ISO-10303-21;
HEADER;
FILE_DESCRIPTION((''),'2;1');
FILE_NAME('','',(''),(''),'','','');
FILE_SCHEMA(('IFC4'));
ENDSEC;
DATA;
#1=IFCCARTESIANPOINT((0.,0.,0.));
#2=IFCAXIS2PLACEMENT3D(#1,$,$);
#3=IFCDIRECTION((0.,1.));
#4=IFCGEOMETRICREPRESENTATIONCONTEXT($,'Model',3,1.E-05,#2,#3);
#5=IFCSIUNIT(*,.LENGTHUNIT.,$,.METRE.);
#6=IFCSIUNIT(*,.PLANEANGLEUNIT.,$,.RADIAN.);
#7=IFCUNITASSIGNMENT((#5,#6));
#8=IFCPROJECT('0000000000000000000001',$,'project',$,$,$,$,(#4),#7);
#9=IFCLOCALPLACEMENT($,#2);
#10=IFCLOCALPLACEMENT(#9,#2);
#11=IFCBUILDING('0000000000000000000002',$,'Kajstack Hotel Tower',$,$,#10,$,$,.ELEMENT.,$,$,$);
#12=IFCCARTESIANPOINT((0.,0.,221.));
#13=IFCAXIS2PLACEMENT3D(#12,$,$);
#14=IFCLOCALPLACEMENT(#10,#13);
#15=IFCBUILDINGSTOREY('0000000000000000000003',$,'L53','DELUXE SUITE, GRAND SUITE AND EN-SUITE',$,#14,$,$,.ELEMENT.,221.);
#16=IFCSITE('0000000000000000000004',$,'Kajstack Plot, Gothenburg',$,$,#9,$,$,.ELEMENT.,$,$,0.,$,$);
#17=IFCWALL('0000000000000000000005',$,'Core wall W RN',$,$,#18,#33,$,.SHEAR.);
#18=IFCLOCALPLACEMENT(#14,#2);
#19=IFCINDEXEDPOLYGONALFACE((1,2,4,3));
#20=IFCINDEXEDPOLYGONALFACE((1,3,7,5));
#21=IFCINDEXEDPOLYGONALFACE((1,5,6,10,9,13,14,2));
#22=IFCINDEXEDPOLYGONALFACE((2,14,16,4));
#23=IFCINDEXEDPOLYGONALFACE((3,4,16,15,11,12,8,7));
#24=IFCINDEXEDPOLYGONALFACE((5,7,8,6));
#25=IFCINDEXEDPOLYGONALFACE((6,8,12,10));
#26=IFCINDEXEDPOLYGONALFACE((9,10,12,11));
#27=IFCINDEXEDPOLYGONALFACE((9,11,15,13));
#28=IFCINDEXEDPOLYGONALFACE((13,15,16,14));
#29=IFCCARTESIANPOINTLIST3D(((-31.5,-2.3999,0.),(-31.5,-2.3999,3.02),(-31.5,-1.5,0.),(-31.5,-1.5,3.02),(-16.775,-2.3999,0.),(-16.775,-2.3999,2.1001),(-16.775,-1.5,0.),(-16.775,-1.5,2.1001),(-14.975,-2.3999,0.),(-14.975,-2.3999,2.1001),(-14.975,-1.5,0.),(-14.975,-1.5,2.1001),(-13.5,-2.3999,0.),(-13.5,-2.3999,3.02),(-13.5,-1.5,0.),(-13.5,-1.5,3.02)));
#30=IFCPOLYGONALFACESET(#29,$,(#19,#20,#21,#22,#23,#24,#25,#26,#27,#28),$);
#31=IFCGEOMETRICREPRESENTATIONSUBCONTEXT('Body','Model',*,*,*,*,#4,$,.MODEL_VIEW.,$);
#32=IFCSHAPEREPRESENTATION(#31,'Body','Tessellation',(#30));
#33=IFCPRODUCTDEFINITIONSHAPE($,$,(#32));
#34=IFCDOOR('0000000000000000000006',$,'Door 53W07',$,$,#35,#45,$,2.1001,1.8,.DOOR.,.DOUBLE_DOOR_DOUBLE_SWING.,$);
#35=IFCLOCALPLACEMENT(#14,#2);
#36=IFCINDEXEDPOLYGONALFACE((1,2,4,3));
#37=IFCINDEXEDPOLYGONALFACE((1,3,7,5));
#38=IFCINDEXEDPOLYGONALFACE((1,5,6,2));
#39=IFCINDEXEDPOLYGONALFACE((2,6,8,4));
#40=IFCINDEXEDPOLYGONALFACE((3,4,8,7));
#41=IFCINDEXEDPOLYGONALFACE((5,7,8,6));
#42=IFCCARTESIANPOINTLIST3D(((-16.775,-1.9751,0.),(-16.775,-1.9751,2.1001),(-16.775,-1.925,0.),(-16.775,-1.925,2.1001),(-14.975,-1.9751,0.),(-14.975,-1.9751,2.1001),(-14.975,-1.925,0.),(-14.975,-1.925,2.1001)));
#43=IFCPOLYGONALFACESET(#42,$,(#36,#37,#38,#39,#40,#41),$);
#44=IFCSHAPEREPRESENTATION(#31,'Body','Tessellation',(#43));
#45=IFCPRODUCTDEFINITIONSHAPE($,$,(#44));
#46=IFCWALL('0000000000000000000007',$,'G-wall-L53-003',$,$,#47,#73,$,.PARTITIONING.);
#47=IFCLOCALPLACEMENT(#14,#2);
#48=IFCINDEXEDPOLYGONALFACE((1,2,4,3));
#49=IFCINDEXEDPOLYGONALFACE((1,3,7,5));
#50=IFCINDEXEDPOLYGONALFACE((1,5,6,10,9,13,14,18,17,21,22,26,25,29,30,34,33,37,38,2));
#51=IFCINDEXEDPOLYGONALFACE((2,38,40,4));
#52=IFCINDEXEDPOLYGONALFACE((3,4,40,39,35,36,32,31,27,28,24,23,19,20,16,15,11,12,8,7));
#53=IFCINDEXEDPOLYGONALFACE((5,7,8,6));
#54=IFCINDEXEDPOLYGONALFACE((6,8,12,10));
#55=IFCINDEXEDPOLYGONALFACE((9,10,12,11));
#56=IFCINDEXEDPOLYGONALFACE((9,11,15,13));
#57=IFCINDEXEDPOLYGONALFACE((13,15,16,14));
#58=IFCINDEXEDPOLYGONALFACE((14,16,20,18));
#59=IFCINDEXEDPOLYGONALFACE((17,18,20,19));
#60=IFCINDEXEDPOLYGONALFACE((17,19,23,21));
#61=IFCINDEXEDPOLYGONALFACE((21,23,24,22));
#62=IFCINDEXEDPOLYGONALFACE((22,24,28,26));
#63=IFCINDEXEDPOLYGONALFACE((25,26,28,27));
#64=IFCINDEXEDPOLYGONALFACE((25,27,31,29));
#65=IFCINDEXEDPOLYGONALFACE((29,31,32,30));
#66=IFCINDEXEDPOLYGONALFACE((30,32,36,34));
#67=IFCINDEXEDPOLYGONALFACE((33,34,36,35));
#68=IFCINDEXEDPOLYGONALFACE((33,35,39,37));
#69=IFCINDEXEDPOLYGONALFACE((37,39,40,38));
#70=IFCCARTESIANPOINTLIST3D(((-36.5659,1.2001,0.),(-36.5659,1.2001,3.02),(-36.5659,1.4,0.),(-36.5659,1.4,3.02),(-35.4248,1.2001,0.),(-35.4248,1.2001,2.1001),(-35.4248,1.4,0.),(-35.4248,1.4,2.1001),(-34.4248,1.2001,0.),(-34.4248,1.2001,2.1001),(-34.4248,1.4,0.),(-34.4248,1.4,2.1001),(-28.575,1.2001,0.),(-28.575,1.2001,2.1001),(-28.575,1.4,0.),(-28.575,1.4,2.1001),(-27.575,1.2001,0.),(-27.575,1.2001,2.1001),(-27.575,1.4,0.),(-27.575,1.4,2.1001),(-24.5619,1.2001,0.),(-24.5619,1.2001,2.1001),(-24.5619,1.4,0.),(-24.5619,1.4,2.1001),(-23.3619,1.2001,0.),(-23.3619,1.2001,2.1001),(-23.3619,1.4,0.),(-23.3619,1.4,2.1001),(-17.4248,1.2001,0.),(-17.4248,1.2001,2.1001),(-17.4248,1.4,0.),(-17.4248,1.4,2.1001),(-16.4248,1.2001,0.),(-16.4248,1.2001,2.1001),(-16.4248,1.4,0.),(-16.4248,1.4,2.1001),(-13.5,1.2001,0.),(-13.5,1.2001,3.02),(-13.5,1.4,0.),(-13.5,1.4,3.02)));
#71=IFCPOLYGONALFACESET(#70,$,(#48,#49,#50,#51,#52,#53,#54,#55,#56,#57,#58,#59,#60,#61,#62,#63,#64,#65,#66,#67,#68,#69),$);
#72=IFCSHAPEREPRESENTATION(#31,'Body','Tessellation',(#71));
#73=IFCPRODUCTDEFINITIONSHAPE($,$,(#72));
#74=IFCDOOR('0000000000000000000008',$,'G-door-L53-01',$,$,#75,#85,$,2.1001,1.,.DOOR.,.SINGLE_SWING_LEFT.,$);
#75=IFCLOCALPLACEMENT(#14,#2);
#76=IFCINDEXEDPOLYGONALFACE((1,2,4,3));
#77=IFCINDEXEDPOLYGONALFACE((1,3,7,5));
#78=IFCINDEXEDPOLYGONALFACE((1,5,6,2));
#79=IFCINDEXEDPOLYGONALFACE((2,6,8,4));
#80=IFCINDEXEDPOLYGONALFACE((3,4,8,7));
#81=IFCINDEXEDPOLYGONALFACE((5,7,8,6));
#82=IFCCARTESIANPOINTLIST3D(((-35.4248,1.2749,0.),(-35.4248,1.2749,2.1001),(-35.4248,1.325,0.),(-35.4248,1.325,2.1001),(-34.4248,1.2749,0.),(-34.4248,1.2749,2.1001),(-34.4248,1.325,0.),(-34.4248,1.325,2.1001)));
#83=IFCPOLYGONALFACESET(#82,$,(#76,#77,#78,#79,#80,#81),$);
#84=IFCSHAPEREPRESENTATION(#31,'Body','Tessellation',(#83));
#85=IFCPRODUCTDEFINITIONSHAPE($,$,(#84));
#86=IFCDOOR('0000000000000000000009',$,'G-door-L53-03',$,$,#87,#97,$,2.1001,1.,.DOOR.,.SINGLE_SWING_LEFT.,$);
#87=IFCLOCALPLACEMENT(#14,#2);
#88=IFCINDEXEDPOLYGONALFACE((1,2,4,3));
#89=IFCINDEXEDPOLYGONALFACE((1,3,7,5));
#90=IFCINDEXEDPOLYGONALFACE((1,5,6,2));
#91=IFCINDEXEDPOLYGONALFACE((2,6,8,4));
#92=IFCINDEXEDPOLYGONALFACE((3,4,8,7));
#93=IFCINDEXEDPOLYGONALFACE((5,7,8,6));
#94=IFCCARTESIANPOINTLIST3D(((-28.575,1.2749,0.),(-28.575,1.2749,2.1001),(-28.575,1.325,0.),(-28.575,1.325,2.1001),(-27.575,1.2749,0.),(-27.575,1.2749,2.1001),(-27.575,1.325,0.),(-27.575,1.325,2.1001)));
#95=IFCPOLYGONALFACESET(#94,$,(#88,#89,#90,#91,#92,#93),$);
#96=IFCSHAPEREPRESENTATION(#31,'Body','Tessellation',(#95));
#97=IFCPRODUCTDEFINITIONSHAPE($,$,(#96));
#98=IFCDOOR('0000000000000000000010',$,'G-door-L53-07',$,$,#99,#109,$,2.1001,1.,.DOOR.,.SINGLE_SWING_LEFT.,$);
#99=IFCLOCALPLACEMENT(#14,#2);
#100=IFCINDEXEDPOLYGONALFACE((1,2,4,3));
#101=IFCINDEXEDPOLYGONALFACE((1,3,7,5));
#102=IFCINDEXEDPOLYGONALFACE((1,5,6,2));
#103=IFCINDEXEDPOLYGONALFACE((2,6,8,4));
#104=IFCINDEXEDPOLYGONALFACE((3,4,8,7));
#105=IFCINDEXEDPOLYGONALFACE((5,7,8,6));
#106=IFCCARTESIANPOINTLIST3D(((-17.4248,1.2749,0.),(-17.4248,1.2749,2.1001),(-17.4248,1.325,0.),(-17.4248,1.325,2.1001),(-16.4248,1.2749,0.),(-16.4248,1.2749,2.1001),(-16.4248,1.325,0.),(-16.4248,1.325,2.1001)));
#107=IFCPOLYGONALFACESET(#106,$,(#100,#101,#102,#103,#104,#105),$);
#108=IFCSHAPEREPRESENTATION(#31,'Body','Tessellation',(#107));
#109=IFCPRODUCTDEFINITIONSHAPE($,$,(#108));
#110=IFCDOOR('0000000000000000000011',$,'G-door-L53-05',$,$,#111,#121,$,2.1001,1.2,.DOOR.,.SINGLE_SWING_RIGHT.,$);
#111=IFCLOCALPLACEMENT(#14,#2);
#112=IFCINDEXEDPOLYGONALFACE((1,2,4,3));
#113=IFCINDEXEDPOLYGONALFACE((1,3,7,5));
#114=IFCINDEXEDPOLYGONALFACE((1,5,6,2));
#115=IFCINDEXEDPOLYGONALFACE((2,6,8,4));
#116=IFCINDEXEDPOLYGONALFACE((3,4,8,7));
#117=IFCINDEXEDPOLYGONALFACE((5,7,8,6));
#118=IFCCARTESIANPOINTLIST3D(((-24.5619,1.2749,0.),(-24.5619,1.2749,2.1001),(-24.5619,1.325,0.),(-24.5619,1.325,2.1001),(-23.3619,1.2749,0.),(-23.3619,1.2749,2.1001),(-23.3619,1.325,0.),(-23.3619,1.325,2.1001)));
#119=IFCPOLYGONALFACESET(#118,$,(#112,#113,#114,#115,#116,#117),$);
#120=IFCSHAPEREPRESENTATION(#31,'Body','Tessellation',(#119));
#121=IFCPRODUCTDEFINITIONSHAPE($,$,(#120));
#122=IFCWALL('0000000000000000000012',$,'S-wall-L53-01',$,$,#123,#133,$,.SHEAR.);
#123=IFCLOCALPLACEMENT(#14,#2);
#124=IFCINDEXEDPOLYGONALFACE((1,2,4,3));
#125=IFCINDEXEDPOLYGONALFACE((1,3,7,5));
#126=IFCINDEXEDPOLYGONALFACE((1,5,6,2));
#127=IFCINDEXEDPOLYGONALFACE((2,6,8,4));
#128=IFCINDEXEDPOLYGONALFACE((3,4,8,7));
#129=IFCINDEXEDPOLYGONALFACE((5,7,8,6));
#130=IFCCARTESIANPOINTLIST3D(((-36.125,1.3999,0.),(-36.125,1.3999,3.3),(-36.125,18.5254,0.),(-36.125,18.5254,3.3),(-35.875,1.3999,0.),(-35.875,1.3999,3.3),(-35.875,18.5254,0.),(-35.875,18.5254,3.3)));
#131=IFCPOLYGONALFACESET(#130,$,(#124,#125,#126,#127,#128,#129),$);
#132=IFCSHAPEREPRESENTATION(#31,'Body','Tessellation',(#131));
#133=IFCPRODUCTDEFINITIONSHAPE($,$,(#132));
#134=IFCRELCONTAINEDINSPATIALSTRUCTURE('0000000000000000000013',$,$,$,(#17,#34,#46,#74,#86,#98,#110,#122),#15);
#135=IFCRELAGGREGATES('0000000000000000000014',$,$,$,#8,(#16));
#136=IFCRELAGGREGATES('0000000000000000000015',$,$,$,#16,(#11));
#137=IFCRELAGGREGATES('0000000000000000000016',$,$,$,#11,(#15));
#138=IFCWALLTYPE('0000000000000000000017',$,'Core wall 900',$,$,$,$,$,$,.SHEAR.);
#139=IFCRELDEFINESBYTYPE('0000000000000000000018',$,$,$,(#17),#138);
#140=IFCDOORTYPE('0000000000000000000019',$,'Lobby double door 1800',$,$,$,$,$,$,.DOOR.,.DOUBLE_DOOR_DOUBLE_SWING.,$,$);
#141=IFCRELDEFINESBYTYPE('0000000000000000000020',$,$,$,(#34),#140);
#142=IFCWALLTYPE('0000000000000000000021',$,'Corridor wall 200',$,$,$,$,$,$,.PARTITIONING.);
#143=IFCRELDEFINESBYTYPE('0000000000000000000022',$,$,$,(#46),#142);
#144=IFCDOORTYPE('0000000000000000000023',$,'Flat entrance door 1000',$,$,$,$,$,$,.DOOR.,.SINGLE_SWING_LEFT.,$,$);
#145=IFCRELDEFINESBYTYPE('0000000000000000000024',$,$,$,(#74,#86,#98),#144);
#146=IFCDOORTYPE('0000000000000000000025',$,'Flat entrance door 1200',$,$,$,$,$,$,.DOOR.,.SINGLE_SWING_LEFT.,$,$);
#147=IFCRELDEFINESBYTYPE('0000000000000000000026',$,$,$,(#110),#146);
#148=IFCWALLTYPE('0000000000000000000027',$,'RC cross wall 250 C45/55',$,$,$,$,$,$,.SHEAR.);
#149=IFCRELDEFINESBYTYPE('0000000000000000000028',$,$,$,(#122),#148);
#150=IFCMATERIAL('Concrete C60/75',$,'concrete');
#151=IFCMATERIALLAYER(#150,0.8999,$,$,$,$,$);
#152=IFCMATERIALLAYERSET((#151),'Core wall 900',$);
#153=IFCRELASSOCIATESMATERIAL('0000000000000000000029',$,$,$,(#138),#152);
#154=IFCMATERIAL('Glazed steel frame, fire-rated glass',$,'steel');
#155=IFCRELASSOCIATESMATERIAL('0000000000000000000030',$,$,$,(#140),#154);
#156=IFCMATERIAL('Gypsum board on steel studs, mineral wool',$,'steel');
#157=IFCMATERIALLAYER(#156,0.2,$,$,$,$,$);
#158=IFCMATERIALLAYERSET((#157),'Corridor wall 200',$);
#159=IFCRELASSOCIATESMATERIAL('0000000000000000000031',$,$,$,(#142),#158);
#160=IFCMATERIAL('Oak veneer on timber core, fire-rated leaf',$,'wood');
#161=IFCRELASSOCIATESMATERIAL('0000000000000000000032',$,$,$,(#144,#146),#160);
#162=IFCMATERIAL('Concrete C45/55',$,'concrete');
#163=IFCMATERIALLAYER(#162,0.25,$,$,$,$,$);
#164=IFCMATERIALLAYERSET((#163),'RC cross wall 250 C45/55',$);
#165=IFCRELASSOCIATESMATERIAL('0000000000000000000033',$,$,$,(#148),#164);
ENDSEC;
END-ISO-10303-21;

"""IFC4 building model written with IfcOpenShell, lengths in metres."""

from ifc_helpers import new_model, si_unit, direction, frame, frame_2d, origin, place, context, subcontext, project, spatial, rectangle, extrude, material, layer, layer_set, type_object, element, fill, save


model = new_model("IFC4")

# Units and contexts
model_context = context("Model", 3, precision=1e-05, world=origin(), true_north=direction((0.0, 1.0)))
body_context = subcontext(model_context, "Body", "Model", "MODEL_VIEW")
ifc_project = project(units=[si_unit("LENGTHUNIT", "METRE"), si_unit("PLANEANGLEUNIT", "RADIAN")], contexts=[model_context])

# Site, building, storey
site_placement = place(None, origin())
site = spatial("IfcSite", under=ifc_project, at=site_placement, Name="Kajstack Plot, Gothenburg", CompositionType="ELEMENT", RefElevation=0.0)
building_placement = place(site_placement, origin())
building = spatial("IfcBuilding", under=site, at=building_placement, Name="Kajstack Hotel Tower", CompositionType="ELEMENT")
storey_placement = place(building_placement, frame((0.0, 0.0, 221.0)))
storey = spatial("IfcBuildingStorey", under=building, at=storey_placement, Name="L53", Description="DELUXE SUITE, GRAND SUITE AND EN-SUITE", CompositionType="ELEMENT", Elevation=221.0)

# Wall, opening, door
ifc_material_1 = material(Name="Concrete C60/75", Category="concrete")
ifc_layer_1 = layer(ifc_material_1, 0.8999)
ifc_layer_set_1 = layer_set([ifc_layer_1], Name="Core wall 900")
wall_type_1 = type_object("IfcWallType", Name="Core wall 900", PredefinedType="SHEAR", material=ifc_layer_set_1)
wall_1_placement = place(storey_placement, frame((-31.5, -1.95, 0.0), z_axis=(0.0, 0.0, 1.0), x_axis=(1.0, 0.0, 0.0)))
wall_1 = element("IfcWall", 1, at=wall_1_placement, inside=storey, type_object=wall_type_1, Name="Core wall W RN", PredefinedType="SHEAR", context=body_context, shape_type="SweptSolid", body=[
    extrude(rectangle(XDim=18.0, YDim=0.8999, at=frame_2d((9.0, 0.0))), origin(), (0.0, 0.0, 1.0), 3.02),
])
opening_1_placement = place(wall_1_placement, frame((14.7251, 0.0, 0.0)))
opening_1 = element("IfcOpeningElement", 2, at=opening_1_placement, cuts=wall_1, PredefinedType="OPENING", context=body_context, shape_type="SweptSolid", body=[
    extrude(rectangle(XDim=1.8, YDim=2.1001, at=frame_2d((0.8999, 1.05))), frame((0.0, 0.46, 0.0), z_axis=(0.0, -1.0, 0.0), x_axis=(1.0, 0.0, 0.0)), (0.0, 0.0, 1.0), 0.9199),
])
ifc_material_2 = material(Name="Glazed steel frame, fire-rated glass", Category="steel")
door_type_1 = type_object("IfcDoorType", Name="Lobby double door 1800", OperationType="DOUBLE_DOOR_DOUBLE_SWING", PredefinedType="DOOR", material=ifc_material_2)
door_1_placement = place(opening_1_placement, origin())
door_1 = element("IfcDoor", 3, at=door_1_placement, inside=storey, type_object=door_type_1, Name="Door 53W07", OperationType="DOUBLE_DOOR_DOUBLE_SWING", OverallHeight=2.1001, OverallWidth=1.8, PredefinedType="DOOR", context=body_context, shape_type="SweptSolid", body=[
    extrude(rectangle(XDim=1.8, YDim=2.1001, at=frame_2d((0.8999, 1.05))), frame((0.0, 0.0249, 0.0), z_axis=(0.0, -1.0, 0.0), x_axis=(1.0, 0.0, 0.0)), (0.0, 0.0, 1.0), 0.05),
])
fill(opening_1, door_1)

# Wall, openings, doors
ifc_material_3 = material(Name="Gypsum board on steel studs, mineral wool", Category="steel")
ifc_layer_2 = layer(ifc_material_3, 0.2)
ifc_layer_set_2 = layer_set([ifc_layer_2], Name="Corridor wall 200")
wall_type_2 = type_object("IfcWallType", Name="Corridor wall 200", PredefinedType="PARTITIONING", material=ifc_layer_set_2)
wall_2_placement = place(storey_placement, frame((-36.5659, 1.3, 0.0), z_axis=(0.0, 0.0, 1.0), x_axis=(1.0, 0.0, 0.0)))
wall_2 = element("IfcWall", 4, at=wall_2_placement, inside=storey, type_object=wall_type_2, Name="G-wall-L53-003", PredefinedType="PARTITIONING", context=body_context, shape_type="SweptSolid", body=[
    extrude(rectangle(XDim=23.0659, YDim=0.2, at=frame_2d((11.533, 0.0))), origin(), (0.0, 0.0, 1.0), 3.02),
])
opening_2_placement = place(wall_2_placement, frame((1.1411, 0.0, 0.0)))
opening_2 = element("IfcOpeningElement", 5, at=opening_2_placement, cuts=wall_2, PredefinedType="OPENING", context=body_context, shape_type="SweptSolid", body=[
    extrude(rectangle(XDim=1.0, YDim=2.1001, at=frame_2d((0.5, 1.05))), frame((0.0, 0.1099, 0.0), z_axis=(0.0, -1.0, 0.0), x_axis=(1.0, 0.0, 0.0)), (0.0, 0.0, 1.0), 0.22),
])
opening_3_placement = place(wall_2_placement, frame((7.991, 0.0, 0.0)))
opening_3 = element("IfcOpeningElement", 6, at=opening_3_placement, cuts=wall_2, PredefinedType="OPENING", context=body_context, shape_type="SweptSolid", body=[
    extrude(rectangle(XDim=1.0, YDim=2.1001, at=frame_2d((0.5, 1.05))), frame((0.0, 0.1099, 0.0), z_axis=(0.0, -1.0, 0.0), x_axis=(1.0, 0.0, 0.0)), (0.0, 0.0, 1.0), 0.22),
])
opening_4_placement = place(wall_2_placement, frame((12.0039, 0.0, 0.0)))
opening_4 = element("IfcOpeningElement", 7, at=opening_4_placement, cuts=wall_2, PredefinedType="OPENING", context=body_context, shape_type="SweptSolid", body=[
    extrude(rectangle(XDim=1.2, YDim=2.1001, at=frame_2d((0.6001, 1.05))), frame((0.0, 0.1099, 0.0), z_axis=(0.0, -1.0, 0.0), x_axis=(1.0, 0.0, 0.0)), (0.0, 0.0, 1.0), 0.22),
])
opening_5_placement = place(wall_2_placement, frame((19.1411, 0.0, 0.0)))
opening_5 = element("IfcOpeningElement", 8, at=opening_5_placement, cuts=wall_2, PredefinedType="OPENING", context=body_context, shape_type="SweptSolid", body=[
    extrude(rectangle(XDim=1.0, YDim=2.1001, at=frame_2d((0.5, 1.05))), frame((0.0, 0.1099, 0.0), z_axis=(0.0, -1.0, 0.0), x_axis=(1.0, 0.0, 0.0)), (0.0, 0.0, 1.0), 0.22),
])
ifc_material_4 = material(Name="Oak veneer on timber core, fire-rated leaf", Category="wood")
door_type_2 = type_object("IfcDoorType", Name="Flat entrance door 1000", OperationType="SINGLE_SWING_LEFT", PredefinedType="DOOR", material=ifc_material_4)
door_2_placement = place(opening_2_placement, origin())
door_2 = element("IfcDoor", 9, at=door_2_placement, inside=storey, type_object=door_type_2, Name="G-door-L53-01", OperationType="SINGLE_SWING_LEFT", OverallHeight=2.1001, OverallWidth=1.0, PredefinedType="DOOR", context=body_context, shape_type="SweptSolid", body=[
    extrude(rectangle(XDim=1.0, YDim=2.1001, at=frame_2d((0.5, 1.05))), frame((0.0, 0.0249, 0.0), z_axis=(0.0, -1.0, 0.0), x_axis=(1.0, 0.0, 0.0)), (0.0, 0.0, 1.0), 0.05),
])
fill(opening_2, door_2)
door_3_placement = place(opening_3_placement, origin())
door_3 = element("IfcDoor", 10, at=door_3_placement, inside=storey, type_object=door_type_2, Name="G-door-L53-03", OperationType="SINGLE_SWING_LEFT", OverallHeight=2.1001, OverallWidth=1.0, PredefinedType="DOOR", context=body_context, shape_type="SweptSolid", body=[
    extrude(rectangle(XDim=1.0, YDim=2.1001, at=frame_2d((0.5, 1.05))), frame((0.0, 0.0249, 0.0), z_axis=(0.0, -1.0, 0.0), x_axis=(1.0, 0.0, 0.0)), (0.0, 0.0, 1.0), 0.05),
])
fill(opening_3, door_3)
door_4_placement = place(opening_5_placement, origin())
door_4 = element("IfcDoor", 11, at=door_4_placement, inside=storey, type_object=door_type_2, Name="G-door-L53-07", OperationType="SINGLE_SWING_LEFT", OverallHeight=2.1001, OverallWidth=1.0, PredefinedType="DOOR", context=body_context, shape_type="SweptSolid", body=[
    extrude(rectangle(XDim=1.0, YDim=2.1001, at=frame_2d((0.5, 1.05))), frame((0.0, 0.0249, 0.0), z_axis=(0.0, -1.0, 0.0), x_axis=(1.0, 0.0, 0.0)), (0.0, 0.0, 1.0), 0.05),
])
fill(opening_5, door_4)
door_type_3 = type_object("IfcDoorType", Name="Flat entrance door 1200", OperationType="SINGLE_SWING_LEFT", PredefinedType="DOOR", material=ifc_material_4)
door_5_placement = place(opening_4_placement, origin())
door_5 = element("IfcDoor", 12, at=door_5_placement, inside=storey, type_object=door_type_3, Name="G-door-L53-05", OperationType="SINGLE_SWING_RIGHT", OverallHeight=2.1001, OverallWidth=1.2, PredefinedType="DOOR", context=body_context, shape_type="SweptSolid", body=[
    extrude(rectangle(XDim=1.2, YDim=2.1001, at=frame_2d((0.6001, 1.05))), frame((0.0, 0.0249, 0.0), z_axis=(0.0, -1.0, 0.0), x_axis=(1.0, 0.0, 0.0)), (0.0, 0.0, 1.0), 0.05),
])
fill(opening_4, door_5)

# Wall
ifc_material_5 = material(Name="Concrete C45/55", Category="concrete")
ifc_layer_3 = layer(ifc_material_5, 0.25)
ifc_layer_set_3 = layer_set([ifc_layer_3], Name="RC cross wall 250 C45/55")
wall_type_3 = type_object("IfcWallType", Name="RC cross wall 250 C45/55", PredefinedType="SHEAR", material=ifc_layer_set_3)
wall_3_placement = place(storey_placement, frame((-36.0, 1.3999, 0.0), z_axis=(0.0, 0.0, 1.0), x_axis=(0.0, 1.0, 0.0)))
element("IfcWall", 13, at=wall_3_placement, inside=storey, type_object=wall_type_3, Name="S-wall-L53-01", PredefinedType="SHEAR", context=body_context, shape_type="SweptSolid", body=[
    extrude(rectangle(XDim=17.1255, YDim=0.25, at=frame_2d((8.5627, 0.0))), origin(), (0.0, 0.0, 1.0), 3.3),
])

save(model, "model.ifc")
